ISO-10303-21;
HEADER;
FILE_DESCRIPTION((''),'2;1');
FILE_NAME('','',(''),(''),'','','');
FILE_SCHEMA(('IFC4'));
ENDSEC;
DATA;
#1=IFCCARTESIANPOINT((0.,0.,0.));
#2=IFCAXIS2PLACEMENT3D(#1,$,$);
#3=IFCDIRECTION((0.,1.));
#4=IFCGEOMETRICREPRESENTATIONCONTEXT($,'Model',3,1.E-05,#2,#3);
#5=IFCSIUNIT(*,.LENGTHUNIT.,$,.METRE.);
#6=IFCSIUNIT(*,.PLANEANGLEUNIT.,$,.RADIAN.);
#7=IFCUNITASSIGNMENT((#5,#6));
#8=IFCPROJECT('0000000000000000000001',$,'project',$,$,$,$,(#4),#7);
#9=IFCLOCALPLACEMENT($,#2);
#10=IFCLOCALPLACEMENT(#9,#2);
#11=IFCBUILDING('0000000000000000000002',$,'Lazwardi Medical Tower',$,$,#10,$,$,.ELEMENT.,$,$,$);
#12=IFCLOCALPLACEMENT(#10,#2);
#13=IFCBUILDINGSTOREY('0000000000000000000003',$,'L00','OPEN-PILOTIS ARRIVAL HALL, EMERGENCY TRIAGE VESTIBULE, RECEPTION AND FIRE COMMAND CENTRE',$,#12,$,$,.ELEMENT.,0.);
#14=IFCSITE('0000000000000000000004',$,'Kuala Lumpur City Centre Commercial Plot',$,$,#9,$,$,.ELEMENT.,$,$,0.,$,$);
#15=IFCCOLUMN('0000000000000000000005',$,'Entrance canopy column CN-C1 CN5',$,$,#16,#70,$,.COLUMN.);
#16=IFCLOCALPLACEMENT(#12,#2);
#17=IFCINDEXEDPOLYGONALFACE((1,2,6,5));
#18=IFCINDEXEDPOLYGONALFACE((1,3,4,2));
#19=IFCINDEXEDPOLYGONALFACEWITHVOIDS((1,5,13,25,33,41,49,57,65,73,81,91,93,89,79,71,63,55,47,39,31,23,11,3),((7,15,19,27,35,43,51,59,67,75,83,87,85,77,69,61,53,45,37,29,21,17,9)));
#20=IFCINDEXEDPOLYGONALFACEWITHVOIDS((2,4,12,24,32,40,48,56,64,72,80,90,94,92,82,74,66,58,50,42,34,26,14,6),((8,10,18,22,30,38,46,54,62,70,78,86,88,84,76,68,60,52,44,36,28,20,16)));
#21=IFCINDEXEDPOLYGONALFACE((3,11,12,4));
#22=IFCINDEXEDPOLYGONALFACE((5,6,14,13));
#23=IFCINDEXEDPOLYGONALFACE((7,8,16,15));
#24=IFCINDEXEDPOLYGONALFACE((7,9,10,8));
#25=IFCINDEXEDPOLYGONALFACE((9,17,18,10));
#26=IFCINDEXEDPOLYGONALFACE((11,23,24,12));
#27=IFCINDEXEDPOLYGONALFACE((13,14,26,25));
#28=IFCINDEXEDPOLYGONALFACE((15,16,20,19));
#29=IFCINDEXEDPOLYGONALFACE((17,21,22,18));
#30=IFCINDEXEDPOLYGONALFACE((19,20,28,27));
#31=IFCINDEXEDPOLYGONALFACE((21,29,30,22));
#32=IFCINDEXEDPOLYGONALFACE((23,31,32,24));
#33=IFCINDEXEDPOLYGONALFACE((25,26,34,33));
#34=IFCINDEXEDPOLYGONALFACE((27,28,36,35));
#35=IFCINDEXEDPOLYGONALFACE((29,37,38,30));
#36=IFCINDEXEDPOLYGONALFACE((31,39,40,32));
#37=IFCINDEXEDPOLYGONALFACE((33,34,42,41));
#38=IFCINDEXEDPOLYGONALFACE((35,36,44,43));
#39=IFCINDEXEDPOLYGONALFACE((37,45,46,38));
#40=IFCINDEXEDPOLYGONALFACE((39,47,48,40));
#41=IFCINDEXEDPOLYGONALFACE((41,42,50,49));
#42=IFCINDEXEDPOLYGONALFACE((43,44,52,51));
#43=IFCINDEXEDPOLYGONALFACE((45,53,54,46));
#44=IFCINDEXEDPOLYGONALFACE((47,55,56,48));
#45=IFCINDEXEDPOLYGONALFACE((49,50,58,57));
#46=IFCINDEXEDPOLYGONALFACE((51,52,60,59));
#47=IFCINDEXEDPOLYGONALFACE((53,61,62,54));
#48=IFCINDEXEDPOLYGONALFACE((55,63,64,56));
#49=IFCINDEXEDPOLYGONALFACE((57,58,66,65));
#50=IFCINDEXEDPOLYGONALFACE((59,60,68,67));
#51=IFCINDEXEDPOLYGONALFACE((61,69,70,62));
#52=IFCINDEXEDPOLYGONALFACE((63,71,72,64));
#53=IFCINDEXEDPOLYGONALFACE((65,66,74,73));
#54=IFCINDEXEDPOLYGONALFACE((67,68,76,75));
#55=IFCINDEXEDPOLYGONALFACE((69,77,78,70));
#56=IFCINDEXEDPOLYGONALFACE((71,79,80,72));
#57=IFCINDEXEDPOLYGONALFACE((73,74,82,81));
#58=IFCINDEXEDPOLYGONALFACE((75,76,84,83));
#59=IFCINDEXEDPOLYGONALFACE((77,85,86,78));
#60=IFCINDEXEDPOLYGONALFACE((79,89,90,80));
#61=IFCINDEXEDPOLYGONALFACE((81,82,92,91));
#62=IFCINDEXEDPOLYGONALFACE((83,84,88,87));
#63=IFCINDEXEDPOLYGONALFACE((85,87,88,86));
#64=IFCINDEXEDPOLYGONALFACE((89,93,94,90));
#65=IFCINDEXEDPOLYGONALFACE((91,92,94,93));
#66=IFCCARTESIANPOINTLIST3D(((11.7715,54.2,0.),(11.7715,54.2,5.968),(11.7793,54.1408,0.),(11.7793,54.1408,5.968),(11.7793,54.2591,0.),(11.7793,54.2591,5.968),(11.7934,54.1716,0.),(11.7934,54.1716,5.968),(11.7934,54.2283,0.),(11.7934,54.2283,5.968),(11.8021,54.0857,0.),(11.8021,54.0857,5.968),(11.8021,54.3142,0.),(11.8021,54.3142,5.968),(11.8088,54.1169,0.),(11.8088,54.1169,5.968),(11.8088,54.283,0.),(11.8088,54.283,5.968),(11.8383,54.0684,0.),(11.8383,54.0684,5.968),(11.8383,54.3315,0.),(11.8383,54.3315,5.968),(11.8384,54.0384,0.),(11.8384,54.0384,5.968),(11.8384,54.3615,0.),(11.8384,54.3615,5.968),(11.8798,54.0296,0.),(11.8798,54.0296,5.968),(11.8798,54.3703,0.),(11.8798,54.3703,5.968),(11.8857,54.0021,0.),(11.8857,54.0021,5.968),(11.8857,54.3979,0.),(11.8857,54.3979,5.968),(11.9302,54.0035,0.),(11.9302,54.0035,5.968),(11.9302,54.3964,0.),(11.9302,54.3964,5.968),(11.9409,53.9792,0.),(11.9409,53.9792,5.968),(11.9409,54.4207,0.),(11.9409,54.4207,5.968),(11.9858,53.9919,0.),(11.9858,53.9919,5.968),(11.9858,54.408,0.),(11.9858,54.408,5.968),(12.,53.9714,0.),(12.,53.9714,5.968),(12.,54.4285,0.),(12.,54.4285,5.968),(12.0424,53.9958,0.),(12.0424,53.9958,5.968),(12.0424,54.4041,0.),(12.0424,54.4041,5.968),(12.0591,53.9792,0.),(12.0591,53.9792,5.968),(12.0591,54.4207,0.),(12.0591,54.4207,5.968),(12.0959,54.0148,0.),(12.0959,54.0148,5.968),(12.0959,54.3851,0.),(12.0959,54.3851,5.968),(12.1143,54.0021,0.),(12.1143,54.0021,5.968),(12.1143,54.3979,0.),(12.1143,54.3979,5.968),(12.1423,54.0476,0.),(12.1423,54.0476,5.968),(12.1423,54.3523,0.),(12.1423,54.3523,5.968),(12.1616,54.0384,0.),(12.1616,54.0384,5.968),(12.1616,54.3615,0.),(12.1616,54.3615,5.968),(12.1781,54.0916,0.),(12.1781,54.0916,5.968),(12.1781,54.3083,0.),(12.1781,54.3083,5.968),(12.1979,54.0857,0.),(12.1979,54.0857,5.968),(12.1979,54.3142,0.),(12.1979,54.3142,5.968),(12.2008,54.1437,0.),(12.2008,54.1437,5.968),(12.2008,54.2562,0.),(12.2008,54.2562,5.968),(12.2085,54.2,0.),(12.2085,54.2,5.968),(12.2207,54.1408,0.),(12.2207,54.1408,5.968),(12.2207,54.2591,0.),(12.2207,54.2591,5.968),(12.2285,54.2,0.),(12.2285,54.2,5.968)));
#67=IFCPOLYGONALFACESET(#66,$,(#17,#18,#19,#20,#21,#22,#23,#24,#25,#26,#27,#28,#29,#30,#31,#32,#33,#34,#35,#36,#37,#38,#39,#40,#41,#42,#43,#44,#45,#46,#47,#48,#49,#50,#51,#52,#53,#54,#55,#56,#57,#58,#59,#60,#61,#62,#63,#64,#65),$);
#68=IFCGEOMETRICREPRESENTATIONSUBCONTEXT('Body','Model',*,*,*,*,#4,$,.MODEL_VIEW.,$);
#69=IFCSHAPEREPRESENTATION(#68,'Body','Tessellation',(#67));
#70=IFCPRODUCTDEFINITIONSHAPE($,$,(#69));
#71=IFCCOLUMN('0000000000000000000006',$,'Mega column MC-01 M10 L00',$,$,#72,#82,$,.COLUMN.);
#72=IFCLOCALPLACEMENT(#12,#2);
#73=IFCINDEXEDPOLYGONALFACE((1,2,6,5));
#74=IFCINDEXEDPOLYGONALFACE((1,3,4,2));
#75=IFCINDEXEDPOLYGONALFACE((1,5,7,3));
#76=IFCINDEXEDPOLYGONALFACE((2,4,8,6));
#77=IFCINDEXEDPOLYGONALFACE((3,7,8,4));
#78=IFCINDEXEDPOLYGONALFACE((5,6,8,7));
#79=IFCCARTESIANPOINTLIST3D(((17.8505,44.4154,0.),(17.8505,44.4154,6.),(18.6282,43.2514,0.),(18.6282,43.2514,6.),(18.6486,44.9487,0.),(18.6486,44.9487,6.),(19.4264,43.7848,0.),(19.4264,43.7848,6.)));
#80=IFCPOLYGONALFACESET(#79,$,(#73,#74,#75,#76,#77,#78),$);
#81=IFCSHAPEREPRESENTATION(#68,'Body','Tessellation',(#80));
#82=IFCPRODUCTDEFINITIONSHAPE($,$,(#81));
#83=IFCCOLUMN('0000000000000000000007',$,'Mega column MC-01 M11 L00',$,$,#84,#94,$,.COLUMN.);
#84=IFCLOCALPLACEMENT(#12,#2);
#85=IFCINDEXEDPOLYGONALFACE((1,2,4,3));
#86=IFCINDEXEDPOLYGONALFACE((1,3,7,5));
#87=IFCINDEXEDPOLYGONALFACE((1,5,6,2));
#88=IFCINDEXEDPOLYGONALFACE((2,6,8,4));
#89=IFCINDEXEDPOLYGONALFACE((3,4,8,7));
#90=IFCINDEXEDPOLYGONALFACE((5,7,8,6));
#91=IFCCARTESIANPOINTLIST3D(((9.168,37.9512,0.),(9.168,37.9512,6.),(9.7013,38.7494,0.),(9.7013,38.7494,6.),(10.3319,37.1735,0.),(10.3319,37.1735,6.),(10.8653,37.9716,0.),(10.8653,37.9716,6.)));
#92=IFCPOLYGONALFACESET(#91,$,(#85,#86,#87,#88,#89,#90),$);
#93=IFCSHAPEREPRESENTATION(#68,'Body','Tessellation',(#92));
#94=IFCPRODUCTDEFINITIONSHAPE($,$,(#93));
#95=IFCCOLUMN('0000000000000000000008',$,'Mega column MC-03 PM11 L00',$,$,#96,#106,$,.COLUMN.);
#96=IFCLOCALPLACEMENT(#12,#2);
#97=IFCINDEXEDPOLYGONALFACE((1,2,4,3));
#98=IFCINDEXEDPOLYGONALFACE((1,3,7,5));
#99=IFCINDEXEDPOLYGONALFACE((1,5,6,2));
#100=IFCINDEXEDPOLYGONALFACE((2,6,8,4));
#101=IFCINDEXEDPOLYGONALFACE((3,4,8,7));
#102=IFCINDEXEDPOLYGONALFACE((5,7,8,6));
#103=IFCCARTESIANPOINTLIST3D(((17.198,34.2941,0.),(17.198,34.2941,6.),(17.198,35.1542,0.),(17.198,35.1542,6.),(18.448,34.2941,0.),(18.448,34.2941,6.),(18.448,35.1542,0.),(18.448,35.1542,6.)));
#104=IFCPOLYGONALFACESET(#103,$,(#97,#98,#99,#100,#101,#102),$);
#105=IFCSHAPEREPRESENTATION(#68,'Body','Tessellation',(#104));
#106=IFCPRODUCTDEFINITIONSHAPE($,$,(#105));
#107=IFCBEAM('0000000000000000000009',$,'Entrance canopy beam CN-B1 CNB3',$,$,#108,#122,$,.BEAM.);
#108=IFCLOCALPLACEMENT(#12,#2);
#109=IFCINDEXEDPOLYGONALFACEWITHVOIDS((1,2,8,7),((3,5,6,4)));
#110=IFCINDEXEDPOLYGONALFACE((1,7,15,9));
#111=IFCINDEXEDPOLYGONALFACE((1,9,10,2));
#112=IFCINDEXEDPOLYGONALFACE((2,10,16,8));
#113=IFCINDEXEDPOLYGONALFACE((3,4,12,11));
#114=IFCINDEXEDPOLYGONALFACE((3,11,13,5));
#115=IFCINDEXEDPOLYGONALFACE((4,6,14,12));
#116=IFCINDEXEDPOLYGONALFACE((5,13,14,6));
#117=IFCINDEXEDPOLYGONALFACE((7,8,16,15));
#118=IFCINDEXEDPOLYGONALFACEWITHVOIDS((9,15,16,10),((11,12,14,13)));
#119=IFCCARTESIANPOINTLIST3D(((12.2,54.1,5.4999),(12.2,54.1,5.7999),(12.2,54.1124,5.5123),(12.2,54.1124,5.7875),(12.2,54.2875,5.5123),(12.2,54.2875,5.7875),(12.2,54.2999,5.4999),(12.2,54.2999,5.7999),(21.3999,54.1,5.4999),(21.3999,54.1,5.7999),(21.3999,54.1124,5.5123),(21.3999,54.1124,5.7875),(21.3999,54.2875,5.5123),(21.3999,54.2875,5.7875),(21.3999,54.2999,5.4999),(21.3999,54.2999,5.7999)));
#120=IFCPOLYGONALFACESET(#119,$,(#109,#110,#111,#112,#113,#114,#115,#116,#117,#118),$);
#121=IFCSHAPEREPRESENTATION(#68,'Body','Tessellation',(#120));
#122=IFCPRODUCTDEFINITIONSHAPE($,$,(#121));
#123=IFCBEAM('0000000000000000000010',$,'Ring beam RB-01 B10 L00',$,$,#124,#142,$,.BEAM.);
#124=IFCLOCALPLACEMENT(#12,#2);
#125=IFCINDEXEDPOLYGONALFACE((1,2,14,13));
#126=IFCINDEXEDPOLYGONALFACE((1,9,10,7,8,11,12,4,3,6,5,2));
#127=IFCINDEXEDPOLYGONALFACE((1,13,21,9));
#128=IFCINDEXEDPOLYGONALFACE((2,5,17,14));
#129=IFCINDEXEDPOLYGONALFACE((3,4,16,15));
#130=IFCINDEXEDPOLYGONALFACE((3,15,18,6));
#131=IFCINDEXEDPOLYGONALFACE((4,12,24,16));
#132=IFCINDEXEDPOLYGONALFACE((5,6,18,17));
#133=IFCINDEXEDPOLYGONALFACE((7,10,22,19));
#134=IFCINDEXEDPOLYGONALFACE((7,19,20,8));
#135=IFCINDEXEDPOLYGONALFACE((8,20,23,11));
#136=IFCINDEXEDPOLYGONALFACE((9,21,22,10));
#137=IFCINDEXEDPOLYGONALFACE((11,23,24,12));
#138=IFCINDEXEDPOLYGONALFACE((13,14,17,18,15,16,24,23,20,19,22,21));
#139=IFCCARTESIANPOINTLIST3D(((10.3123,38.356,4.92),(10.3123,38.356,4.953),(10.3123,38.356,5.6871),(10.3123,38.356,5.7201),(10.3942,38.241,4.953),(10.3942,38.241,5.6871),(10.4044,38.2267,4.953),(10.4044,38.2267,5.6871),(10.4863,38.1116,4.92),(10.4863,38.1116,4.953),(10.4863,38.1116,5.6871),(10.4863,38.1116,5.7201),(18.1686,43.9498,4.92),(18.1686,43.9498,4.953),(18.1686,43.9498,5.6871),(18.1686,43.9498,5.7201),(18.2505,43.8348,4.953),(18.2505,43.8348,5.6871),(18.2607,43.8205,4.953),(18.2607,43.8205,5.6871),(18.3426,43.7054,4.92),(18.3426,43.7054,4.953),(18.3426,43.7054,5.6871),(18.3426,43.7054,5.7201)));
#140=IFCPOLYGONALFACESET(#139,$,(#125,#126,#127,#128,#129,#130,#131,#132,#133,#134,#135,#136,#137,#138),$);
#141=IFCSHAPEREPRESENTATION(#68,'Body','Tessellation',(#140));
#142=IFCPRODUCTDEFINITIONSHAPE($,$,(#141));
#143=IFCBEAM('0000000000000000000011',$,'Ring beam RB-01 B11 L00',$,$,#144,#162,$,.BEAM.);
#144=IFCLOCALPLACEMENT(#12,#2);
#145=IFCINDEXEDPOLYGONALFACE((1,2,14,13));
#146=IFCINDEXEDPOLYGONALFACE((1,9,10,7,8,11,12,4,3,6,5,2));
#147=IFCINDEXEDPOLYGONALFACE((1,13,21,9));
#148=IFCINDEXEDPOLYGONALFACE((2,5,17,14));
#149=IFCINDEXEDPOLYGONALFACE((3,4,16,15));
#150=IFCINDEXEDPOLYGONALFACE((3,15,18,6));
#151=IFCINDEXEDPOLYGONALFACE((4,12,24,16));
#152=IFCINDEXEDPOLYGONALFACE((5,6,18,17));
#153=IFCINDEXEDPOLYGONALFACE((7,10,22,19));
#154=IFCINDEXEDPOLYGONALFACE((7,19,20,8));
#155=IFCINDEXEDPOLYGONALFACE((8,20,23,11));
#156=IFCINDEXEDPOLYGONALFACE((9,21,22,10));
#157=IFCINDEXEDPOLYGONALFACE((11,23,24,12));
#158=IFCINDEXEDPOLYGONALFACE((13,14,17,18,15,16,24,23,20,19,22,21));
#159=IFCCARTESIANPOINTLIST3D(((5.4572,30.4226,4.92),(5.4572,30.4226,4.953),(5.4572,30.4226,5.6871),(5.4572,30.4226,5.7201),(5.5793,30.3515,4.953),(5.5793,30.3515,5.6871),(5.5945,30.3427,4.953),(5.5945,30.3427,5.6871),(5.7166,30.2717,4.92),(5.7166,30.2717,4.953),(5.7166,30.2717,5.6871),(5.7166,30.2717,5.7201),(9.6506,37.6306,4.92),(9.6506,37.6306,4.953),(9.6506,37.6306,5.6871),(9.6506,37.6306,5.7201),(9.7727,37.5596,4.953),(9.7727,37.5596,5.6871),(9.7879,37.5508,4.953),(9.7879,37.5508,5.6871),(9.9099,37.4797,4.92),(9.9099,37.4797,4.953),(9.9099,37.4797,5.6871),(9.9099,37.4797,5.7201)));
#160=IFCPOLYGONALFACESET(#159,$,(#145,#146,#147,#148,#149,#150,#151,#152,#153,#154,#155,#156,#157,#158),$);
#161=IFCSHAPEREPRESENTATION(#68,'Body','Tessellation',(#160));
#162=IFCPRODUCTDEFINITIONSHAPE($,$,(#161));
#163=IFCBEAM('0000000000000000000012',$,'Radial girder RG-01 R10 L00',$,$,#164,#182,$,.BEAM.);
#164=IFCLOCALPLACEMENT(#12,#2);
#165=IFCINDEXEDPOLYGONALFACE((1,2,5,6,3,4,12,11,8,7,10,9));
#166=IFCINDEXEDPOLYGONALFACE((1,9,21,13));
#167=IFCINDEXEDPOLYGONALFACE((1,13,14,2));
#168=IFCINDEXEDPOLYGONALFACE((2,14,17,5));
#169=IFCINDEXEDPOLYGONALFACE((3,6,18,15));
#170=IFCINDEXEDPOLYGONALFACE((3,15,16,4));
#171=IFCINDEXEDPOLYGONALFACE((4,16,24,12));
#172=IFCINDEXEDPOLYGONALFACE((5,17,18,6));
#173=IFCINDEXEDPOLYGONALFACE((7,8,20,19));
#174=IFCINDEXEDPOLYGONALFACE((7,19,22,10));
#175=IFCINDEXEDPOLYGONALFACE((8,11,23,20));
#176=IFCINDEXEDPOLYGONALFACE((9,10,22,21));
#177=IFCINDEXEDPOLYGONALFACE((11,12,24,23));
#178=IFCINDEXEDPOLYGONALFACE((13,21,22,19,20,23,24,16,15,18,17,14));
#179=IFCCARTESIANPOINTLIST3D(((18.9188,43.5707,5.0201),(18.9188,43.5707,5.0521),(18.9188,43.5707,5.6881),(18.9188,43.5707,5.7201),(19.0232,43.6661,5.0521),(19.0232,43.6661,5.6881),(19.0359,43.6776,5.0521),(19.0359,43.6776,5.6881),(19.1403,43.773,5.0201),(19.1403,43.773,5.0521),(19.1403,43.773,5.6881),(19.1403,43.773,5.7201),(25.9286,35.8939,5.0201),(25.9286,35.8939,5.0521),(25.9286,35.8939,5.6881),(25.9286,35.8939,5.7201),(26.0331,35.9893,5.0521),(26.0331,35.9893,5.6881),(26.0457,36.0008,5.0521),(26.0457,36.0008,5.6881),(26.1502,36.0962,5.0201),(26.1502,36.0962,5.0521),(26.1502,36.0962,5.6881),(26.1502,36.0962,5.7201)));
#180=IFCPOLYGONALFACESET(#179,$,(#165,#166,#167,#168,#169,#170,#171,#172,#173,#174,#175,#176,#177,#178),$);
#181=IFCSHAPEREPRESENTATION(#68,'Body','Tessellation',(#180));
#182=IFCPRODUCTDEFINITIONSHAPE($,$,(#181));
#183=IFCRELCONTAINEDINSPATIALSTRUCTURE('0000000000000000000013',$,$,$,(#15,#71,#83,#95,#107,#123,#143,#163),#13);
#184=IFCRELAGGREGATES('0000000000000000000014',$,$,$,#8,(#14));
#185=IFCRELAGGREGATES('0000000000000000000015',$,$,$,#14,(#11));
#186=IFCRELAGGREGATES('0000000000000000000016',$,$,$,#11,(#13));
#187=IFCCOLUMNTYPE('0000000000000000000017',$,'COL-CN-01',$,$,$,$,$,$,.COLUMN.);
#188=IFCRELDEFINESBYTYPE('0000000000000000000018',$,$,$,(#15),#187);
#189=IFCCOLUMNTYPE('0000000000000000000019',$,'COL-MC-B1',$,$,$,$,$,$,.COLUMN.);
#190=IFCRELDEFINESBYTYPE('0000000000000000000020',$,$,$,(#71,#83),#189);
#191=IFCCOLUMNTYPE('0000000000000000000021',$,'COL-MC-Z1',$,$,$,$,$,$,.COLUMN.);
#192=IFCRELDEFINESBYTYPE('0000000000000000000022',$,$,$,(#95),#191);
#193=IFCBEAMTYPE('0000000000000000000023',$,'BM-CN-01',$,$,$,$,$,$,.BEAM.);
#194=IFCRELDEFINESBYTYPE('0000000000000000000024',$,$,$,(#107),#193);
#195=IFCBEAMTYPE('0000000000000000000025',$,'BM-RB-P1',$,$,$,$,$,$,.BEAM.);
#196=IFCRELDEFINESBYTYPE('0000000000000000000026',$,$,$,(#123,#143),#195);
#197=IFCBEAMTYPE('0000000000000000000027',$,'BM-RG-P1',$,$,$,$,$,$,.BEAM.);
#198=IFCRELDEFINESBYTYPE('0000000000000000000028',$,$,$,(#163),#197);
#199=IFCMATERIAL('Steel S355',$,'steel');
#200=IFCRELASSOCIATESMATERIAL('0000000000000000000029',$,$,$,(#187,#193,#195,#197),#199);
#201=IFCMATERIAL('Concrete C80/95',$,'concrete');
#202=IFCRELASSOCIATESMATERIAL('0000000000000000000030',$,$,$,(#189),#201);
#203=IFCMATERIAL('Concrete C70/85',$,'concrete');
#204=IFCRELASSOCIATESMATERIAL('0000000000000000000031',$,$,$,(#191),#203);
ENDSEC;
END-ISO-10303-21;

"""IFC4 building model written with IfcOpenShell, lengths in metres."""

from ifc_helpers import new_model, si_unit, direction, frame, origin, origin_2d, place, context, subcontext, project, spatial, rectangle, hollow_rectangle, hollow_circle, i_section, extrude, material, material_profile, profile_set, type_object, element, save


model = new_model("IFC4")

# Units and contexts
model_context = context("Model", 3, precision=1e-05, world=origin(), true_north=direction((0.0, 1.0)))
body_context = subcontext(model_context, "Body", "Model", "MODEL_VIEW")
ifc_project = project(units=[si_unit("LENGTHUNIT", "METRE"), si_unit("PLANEANGLEUNIT", "RADIAN")], contexts=[model_context])

# Site, building, storey
site_placement = place(None, origin())
site = spatial("IfcSite", under=ifc_project, at=site_placement, Name="Kuala Lumpur City Centre Commercial Plot", CompositionType="ELEMENT", RefElevation=0.0)
building_placement = place(site_placement, origin())
building = spatial("IfcBuilding", under=site, at=building_placement, Name="Lazwardi Medical Tower", CompositionType="ELEMENT")
storey_placement = place(building_placement, origin())
storey = spatial("IfcBuildingStorey", under=building, at=storey_placement, Name="L00", Description="OPEN-PILOTIS ARRIVAL HALL, EMERGENCY TRIAGE VESTIBULE, RECEPTION AND FIRE COMMAND CENTRE", CompositionType="ELEMENT", Elevation=0.0)

# Columns
ifc_material_1 = material(Name="Steel S355", Category="steel")
ifc_material_profile_1 = material_profile(ifc_material_1, hollow_circle(Radius=0.2285, WallThickness=0.02, at=origin_2d()), Name="CHS 457x20")
ifc_profile_set_1 = profile_set([ifc_material_profile_1], Name="Steel S355")
column_type_1 = type_object("IfcColumnType", Name="COL-CN-01", PredefinedType="COLUMN", material=ifc_profile_set_1)
column_1_placement = place(storey_placement, frame((12.0, 54.2, 0.0), z_axis=(0.0, 0.0, 1.0), x_axis=(1.0, 0.0, 0.0)))
element("IfcColumn", 1, at=column_1_placement, inside=storey, type_object=column_type_1, Name="Entrance canopy column CN-C1 CN5", PredefinedType="COLUMN", context=body_context, shape_type="SweptSolid", body=[
    extrude(hollow_circle(Radius=0.2285, WallThickness=0.02, at=origin_2d()), origin(), (0.0, 0.0, 1.0), 5.968),
])
ifc_material_2 = material(Name="Concrete C80/95", Category="concrete")
ifc_material_profile_2 = material_profile(ifc_material_2, rectangle(XDim=1.3999, YDim=0.96, at=origin_2d()), Name="CFT-RECT 1400x960")
ifc_profile_set_2 = profile_set([ifc_material_profile_2], Name="Concrete C80/95")
column_type_2 = type_object("IfcColumnType", Name="COL-MC-B1", PredefinedType="COLUMN", material=ifc_profile_set_2)
for number, where, z_axis, x_axis, name in (
    (2, (18.6384, 44.1001, 0.0), (0.0, 0.0, 1.0), (-0.55557, 0.83147, 0.0), "Mega column MC-01 M10 L00"),
    (3, (10.0166, 37.9614, 0.0), (0.0, 0.0, 1.0), (-0.83147, 0.55557, 0.0), "Mega column MC-01 M11 L00"),
):
    element("IfcColumn", number, at=place(storey_placement, frame(where, z_axis=z_axis, x_axis=x_axis)), inside=storey, type_object=column_type_2, Name=name, PredefinedType="COLUMN", context=body_context, shape_type="SweptSolid", body=[
        extrude(rectangle(XDim=1.3999, YDim=0.96, at=origin_2d()), origin(), (0.0, 0.0, 1.0), 6.0),
    ])
ifc_material_3 = material(Name="Concrete C70/85", Category="concrete")
ifc_material_profile_3 = material_profile(ifc_material_3, rectangle(XDim=1.25, YDim=0.8601, at=origin_2d()), Name="CFT-RECT 1250x860")
ifc_profile_set_3 = profile_set([ifc_material_profile_3], Name="Concrete C70/85")
column_type_3 = type_object("IfcColumnType", Name="COL-MC-Z1", PredefinedType="COLUMN", material=ifc_profile_set_3)
column_2_placement = place(storey_placement, frame((17.823, 34.7241, 0.0), z_axis=(0.0, 0.0, 1.0), x_axis=(1.0, 0.0, 0.0)))
element("IfcColumn", 4, at=column_2_placement, inside=storey, type_object=column_type_3, Name="Mega column MC-03 PM11 L00", PredefinedType="COLUMN", context=body_context, shape_type="SweptSolid", body=[
    extrude(rectangle(XDim=1.25, YDim=0.8601, at=origin_2d()), origin(), (0.0, 0.0, 1.0), 6.0),
])

# Beams
ifc_material_profile_4 = material_profile(ifc_material_1, hollow_rectangle(XDim=0.2, YDim=0.3, WallThickness=0.0125, at=origin_2d()), Name="RHS 300x200x12.5")
ifc_profile_set_4 = profile_set([ifc_material_profile_4], Name="Steel S355")
beam_type_1 = type_object("IfcBeamType", Name="BM-CN-01", PredefinedType="BEAM", material=ifc_profile_set_4)
beam_1_placement = place(storey_placement, frame((12.2, 54.2, 5.6499), z_axis=(1.0, 0.0, 0.0), x_axis=(0.0, 1.0, 0.0)))
element("IfcBeam", 5, at=beam_1_placement, inside=storey, type_object=beam_type_1, Name="Entrance canopy beam CN-B1 CNB3", PredefinedType="BEAM", context=body_context, shape_type="SweptSolid", body=[
    extrude(hollow_rectangle(XDim=0.2, YDim=0.3, WallThickness=0.0125, at=origin_2d()), origin(), (0.0, 0.0, 1.0), 9.2),
])
ifc_material_profile_5 = material_profile(ifc_material_1, i_section(OverallWidth=0.3, OverallDepth=0.8, WebThickness=0.0176, FlangeThickness=0.033, at=origin_2d()), Name="HEB 800")
ifc_profile_set_5 = profile_set([ifc_material_profile_5], Name="Steel S355")
beam_type_2 = type_object("IfcBeamType", Name="BM-RB-P1", PredefinedType="BEAM", material=ifc_profile_set_5)
beam_2_placement = place(storey_placement, frame((18.2556, 43.8276, 5.3201), z_axis=(-0.814607, -0.580014, 0.0), x_axis=(0.580014, -0.814607, 0.0)))
element("IfcBeam", 6, at=beam_2_placement, inside=storey, type_object=beam_type_2, Name="Ring beam RB-01 B10 L00", PredefinedType="BEAM", context=body_context, shape_type="SweptSolid", body=[
    extrude(i_section(OverallWidth=0.3, OverallDepth=0.8, WebThickness=0.0176, FlangeThickness=0.033, at=origin_2d()), origin(), (0.0, 0.0, 1.0), 9.6443),
])
beam_3_placement = place(storey_placement, frame((9.7803, 37.5552, 5.3201), z_axis=(-0.502859, -0.864369, 0.0), x_axis=(0.864369, -0.502859, 0.0)))
element("IfcBeam", 7, at=beam_3_placement, inside=storey, type_object=beam_type_2, Name="Ring beam RB-01 B11 L00", PredefinedType="BEAM", context=body_context, shape_type="SweptSolid", body=[
    extrude(i_section(OverallWidth=0.3, OverallDepth=0.8, WebThickness=0.0176, FlangeThickness=0.033, at=origin_2d()), origin(), (0.0, 0.0, 1.0), 8.3391),
])
ifc_material_profile_6 = material_profile(ifc_material_1, i_section(OverallWidth=0.3, OverallDepth=0.7, WebThickness=0.0171, FlangeThickness=0.032, at=origin_2d()), Name="HEB 700")
ifc_profile_set_6 = profile_set([ifc_material_profile_6], Name="Steel S355")
beam_type_3 = type_object("IfcBeamType", Name="BM-RG-P1", PredefinedType="BEAM", material=ifc_profile_set_6)
beam_4_placement = place(storey_placement, frame((19.0295, 43.6719, 5.3701), z_axis=(0.674298, -0.738459, 0.0), x_axis=(0.738459, 0.674298, 0.0)))
element("IfcBeam", 8, at=beam_4_placement, inside=storey, type_object=beam_type_3, Name="Radial girder RG-01 R10 L00", PredefinedType="BEAM", context=body_context, shape_type="SweptSolid", body=[
    extrude(i_section(OverallWidth=0.3, OverallDepth=0.7, WebThickness=0.0171, FlangeThickness=0.032, at=origin_2d()), origin(), (0.0, 0.0, 1.0), 10.3958),
])

save(model, "model.ifc")
